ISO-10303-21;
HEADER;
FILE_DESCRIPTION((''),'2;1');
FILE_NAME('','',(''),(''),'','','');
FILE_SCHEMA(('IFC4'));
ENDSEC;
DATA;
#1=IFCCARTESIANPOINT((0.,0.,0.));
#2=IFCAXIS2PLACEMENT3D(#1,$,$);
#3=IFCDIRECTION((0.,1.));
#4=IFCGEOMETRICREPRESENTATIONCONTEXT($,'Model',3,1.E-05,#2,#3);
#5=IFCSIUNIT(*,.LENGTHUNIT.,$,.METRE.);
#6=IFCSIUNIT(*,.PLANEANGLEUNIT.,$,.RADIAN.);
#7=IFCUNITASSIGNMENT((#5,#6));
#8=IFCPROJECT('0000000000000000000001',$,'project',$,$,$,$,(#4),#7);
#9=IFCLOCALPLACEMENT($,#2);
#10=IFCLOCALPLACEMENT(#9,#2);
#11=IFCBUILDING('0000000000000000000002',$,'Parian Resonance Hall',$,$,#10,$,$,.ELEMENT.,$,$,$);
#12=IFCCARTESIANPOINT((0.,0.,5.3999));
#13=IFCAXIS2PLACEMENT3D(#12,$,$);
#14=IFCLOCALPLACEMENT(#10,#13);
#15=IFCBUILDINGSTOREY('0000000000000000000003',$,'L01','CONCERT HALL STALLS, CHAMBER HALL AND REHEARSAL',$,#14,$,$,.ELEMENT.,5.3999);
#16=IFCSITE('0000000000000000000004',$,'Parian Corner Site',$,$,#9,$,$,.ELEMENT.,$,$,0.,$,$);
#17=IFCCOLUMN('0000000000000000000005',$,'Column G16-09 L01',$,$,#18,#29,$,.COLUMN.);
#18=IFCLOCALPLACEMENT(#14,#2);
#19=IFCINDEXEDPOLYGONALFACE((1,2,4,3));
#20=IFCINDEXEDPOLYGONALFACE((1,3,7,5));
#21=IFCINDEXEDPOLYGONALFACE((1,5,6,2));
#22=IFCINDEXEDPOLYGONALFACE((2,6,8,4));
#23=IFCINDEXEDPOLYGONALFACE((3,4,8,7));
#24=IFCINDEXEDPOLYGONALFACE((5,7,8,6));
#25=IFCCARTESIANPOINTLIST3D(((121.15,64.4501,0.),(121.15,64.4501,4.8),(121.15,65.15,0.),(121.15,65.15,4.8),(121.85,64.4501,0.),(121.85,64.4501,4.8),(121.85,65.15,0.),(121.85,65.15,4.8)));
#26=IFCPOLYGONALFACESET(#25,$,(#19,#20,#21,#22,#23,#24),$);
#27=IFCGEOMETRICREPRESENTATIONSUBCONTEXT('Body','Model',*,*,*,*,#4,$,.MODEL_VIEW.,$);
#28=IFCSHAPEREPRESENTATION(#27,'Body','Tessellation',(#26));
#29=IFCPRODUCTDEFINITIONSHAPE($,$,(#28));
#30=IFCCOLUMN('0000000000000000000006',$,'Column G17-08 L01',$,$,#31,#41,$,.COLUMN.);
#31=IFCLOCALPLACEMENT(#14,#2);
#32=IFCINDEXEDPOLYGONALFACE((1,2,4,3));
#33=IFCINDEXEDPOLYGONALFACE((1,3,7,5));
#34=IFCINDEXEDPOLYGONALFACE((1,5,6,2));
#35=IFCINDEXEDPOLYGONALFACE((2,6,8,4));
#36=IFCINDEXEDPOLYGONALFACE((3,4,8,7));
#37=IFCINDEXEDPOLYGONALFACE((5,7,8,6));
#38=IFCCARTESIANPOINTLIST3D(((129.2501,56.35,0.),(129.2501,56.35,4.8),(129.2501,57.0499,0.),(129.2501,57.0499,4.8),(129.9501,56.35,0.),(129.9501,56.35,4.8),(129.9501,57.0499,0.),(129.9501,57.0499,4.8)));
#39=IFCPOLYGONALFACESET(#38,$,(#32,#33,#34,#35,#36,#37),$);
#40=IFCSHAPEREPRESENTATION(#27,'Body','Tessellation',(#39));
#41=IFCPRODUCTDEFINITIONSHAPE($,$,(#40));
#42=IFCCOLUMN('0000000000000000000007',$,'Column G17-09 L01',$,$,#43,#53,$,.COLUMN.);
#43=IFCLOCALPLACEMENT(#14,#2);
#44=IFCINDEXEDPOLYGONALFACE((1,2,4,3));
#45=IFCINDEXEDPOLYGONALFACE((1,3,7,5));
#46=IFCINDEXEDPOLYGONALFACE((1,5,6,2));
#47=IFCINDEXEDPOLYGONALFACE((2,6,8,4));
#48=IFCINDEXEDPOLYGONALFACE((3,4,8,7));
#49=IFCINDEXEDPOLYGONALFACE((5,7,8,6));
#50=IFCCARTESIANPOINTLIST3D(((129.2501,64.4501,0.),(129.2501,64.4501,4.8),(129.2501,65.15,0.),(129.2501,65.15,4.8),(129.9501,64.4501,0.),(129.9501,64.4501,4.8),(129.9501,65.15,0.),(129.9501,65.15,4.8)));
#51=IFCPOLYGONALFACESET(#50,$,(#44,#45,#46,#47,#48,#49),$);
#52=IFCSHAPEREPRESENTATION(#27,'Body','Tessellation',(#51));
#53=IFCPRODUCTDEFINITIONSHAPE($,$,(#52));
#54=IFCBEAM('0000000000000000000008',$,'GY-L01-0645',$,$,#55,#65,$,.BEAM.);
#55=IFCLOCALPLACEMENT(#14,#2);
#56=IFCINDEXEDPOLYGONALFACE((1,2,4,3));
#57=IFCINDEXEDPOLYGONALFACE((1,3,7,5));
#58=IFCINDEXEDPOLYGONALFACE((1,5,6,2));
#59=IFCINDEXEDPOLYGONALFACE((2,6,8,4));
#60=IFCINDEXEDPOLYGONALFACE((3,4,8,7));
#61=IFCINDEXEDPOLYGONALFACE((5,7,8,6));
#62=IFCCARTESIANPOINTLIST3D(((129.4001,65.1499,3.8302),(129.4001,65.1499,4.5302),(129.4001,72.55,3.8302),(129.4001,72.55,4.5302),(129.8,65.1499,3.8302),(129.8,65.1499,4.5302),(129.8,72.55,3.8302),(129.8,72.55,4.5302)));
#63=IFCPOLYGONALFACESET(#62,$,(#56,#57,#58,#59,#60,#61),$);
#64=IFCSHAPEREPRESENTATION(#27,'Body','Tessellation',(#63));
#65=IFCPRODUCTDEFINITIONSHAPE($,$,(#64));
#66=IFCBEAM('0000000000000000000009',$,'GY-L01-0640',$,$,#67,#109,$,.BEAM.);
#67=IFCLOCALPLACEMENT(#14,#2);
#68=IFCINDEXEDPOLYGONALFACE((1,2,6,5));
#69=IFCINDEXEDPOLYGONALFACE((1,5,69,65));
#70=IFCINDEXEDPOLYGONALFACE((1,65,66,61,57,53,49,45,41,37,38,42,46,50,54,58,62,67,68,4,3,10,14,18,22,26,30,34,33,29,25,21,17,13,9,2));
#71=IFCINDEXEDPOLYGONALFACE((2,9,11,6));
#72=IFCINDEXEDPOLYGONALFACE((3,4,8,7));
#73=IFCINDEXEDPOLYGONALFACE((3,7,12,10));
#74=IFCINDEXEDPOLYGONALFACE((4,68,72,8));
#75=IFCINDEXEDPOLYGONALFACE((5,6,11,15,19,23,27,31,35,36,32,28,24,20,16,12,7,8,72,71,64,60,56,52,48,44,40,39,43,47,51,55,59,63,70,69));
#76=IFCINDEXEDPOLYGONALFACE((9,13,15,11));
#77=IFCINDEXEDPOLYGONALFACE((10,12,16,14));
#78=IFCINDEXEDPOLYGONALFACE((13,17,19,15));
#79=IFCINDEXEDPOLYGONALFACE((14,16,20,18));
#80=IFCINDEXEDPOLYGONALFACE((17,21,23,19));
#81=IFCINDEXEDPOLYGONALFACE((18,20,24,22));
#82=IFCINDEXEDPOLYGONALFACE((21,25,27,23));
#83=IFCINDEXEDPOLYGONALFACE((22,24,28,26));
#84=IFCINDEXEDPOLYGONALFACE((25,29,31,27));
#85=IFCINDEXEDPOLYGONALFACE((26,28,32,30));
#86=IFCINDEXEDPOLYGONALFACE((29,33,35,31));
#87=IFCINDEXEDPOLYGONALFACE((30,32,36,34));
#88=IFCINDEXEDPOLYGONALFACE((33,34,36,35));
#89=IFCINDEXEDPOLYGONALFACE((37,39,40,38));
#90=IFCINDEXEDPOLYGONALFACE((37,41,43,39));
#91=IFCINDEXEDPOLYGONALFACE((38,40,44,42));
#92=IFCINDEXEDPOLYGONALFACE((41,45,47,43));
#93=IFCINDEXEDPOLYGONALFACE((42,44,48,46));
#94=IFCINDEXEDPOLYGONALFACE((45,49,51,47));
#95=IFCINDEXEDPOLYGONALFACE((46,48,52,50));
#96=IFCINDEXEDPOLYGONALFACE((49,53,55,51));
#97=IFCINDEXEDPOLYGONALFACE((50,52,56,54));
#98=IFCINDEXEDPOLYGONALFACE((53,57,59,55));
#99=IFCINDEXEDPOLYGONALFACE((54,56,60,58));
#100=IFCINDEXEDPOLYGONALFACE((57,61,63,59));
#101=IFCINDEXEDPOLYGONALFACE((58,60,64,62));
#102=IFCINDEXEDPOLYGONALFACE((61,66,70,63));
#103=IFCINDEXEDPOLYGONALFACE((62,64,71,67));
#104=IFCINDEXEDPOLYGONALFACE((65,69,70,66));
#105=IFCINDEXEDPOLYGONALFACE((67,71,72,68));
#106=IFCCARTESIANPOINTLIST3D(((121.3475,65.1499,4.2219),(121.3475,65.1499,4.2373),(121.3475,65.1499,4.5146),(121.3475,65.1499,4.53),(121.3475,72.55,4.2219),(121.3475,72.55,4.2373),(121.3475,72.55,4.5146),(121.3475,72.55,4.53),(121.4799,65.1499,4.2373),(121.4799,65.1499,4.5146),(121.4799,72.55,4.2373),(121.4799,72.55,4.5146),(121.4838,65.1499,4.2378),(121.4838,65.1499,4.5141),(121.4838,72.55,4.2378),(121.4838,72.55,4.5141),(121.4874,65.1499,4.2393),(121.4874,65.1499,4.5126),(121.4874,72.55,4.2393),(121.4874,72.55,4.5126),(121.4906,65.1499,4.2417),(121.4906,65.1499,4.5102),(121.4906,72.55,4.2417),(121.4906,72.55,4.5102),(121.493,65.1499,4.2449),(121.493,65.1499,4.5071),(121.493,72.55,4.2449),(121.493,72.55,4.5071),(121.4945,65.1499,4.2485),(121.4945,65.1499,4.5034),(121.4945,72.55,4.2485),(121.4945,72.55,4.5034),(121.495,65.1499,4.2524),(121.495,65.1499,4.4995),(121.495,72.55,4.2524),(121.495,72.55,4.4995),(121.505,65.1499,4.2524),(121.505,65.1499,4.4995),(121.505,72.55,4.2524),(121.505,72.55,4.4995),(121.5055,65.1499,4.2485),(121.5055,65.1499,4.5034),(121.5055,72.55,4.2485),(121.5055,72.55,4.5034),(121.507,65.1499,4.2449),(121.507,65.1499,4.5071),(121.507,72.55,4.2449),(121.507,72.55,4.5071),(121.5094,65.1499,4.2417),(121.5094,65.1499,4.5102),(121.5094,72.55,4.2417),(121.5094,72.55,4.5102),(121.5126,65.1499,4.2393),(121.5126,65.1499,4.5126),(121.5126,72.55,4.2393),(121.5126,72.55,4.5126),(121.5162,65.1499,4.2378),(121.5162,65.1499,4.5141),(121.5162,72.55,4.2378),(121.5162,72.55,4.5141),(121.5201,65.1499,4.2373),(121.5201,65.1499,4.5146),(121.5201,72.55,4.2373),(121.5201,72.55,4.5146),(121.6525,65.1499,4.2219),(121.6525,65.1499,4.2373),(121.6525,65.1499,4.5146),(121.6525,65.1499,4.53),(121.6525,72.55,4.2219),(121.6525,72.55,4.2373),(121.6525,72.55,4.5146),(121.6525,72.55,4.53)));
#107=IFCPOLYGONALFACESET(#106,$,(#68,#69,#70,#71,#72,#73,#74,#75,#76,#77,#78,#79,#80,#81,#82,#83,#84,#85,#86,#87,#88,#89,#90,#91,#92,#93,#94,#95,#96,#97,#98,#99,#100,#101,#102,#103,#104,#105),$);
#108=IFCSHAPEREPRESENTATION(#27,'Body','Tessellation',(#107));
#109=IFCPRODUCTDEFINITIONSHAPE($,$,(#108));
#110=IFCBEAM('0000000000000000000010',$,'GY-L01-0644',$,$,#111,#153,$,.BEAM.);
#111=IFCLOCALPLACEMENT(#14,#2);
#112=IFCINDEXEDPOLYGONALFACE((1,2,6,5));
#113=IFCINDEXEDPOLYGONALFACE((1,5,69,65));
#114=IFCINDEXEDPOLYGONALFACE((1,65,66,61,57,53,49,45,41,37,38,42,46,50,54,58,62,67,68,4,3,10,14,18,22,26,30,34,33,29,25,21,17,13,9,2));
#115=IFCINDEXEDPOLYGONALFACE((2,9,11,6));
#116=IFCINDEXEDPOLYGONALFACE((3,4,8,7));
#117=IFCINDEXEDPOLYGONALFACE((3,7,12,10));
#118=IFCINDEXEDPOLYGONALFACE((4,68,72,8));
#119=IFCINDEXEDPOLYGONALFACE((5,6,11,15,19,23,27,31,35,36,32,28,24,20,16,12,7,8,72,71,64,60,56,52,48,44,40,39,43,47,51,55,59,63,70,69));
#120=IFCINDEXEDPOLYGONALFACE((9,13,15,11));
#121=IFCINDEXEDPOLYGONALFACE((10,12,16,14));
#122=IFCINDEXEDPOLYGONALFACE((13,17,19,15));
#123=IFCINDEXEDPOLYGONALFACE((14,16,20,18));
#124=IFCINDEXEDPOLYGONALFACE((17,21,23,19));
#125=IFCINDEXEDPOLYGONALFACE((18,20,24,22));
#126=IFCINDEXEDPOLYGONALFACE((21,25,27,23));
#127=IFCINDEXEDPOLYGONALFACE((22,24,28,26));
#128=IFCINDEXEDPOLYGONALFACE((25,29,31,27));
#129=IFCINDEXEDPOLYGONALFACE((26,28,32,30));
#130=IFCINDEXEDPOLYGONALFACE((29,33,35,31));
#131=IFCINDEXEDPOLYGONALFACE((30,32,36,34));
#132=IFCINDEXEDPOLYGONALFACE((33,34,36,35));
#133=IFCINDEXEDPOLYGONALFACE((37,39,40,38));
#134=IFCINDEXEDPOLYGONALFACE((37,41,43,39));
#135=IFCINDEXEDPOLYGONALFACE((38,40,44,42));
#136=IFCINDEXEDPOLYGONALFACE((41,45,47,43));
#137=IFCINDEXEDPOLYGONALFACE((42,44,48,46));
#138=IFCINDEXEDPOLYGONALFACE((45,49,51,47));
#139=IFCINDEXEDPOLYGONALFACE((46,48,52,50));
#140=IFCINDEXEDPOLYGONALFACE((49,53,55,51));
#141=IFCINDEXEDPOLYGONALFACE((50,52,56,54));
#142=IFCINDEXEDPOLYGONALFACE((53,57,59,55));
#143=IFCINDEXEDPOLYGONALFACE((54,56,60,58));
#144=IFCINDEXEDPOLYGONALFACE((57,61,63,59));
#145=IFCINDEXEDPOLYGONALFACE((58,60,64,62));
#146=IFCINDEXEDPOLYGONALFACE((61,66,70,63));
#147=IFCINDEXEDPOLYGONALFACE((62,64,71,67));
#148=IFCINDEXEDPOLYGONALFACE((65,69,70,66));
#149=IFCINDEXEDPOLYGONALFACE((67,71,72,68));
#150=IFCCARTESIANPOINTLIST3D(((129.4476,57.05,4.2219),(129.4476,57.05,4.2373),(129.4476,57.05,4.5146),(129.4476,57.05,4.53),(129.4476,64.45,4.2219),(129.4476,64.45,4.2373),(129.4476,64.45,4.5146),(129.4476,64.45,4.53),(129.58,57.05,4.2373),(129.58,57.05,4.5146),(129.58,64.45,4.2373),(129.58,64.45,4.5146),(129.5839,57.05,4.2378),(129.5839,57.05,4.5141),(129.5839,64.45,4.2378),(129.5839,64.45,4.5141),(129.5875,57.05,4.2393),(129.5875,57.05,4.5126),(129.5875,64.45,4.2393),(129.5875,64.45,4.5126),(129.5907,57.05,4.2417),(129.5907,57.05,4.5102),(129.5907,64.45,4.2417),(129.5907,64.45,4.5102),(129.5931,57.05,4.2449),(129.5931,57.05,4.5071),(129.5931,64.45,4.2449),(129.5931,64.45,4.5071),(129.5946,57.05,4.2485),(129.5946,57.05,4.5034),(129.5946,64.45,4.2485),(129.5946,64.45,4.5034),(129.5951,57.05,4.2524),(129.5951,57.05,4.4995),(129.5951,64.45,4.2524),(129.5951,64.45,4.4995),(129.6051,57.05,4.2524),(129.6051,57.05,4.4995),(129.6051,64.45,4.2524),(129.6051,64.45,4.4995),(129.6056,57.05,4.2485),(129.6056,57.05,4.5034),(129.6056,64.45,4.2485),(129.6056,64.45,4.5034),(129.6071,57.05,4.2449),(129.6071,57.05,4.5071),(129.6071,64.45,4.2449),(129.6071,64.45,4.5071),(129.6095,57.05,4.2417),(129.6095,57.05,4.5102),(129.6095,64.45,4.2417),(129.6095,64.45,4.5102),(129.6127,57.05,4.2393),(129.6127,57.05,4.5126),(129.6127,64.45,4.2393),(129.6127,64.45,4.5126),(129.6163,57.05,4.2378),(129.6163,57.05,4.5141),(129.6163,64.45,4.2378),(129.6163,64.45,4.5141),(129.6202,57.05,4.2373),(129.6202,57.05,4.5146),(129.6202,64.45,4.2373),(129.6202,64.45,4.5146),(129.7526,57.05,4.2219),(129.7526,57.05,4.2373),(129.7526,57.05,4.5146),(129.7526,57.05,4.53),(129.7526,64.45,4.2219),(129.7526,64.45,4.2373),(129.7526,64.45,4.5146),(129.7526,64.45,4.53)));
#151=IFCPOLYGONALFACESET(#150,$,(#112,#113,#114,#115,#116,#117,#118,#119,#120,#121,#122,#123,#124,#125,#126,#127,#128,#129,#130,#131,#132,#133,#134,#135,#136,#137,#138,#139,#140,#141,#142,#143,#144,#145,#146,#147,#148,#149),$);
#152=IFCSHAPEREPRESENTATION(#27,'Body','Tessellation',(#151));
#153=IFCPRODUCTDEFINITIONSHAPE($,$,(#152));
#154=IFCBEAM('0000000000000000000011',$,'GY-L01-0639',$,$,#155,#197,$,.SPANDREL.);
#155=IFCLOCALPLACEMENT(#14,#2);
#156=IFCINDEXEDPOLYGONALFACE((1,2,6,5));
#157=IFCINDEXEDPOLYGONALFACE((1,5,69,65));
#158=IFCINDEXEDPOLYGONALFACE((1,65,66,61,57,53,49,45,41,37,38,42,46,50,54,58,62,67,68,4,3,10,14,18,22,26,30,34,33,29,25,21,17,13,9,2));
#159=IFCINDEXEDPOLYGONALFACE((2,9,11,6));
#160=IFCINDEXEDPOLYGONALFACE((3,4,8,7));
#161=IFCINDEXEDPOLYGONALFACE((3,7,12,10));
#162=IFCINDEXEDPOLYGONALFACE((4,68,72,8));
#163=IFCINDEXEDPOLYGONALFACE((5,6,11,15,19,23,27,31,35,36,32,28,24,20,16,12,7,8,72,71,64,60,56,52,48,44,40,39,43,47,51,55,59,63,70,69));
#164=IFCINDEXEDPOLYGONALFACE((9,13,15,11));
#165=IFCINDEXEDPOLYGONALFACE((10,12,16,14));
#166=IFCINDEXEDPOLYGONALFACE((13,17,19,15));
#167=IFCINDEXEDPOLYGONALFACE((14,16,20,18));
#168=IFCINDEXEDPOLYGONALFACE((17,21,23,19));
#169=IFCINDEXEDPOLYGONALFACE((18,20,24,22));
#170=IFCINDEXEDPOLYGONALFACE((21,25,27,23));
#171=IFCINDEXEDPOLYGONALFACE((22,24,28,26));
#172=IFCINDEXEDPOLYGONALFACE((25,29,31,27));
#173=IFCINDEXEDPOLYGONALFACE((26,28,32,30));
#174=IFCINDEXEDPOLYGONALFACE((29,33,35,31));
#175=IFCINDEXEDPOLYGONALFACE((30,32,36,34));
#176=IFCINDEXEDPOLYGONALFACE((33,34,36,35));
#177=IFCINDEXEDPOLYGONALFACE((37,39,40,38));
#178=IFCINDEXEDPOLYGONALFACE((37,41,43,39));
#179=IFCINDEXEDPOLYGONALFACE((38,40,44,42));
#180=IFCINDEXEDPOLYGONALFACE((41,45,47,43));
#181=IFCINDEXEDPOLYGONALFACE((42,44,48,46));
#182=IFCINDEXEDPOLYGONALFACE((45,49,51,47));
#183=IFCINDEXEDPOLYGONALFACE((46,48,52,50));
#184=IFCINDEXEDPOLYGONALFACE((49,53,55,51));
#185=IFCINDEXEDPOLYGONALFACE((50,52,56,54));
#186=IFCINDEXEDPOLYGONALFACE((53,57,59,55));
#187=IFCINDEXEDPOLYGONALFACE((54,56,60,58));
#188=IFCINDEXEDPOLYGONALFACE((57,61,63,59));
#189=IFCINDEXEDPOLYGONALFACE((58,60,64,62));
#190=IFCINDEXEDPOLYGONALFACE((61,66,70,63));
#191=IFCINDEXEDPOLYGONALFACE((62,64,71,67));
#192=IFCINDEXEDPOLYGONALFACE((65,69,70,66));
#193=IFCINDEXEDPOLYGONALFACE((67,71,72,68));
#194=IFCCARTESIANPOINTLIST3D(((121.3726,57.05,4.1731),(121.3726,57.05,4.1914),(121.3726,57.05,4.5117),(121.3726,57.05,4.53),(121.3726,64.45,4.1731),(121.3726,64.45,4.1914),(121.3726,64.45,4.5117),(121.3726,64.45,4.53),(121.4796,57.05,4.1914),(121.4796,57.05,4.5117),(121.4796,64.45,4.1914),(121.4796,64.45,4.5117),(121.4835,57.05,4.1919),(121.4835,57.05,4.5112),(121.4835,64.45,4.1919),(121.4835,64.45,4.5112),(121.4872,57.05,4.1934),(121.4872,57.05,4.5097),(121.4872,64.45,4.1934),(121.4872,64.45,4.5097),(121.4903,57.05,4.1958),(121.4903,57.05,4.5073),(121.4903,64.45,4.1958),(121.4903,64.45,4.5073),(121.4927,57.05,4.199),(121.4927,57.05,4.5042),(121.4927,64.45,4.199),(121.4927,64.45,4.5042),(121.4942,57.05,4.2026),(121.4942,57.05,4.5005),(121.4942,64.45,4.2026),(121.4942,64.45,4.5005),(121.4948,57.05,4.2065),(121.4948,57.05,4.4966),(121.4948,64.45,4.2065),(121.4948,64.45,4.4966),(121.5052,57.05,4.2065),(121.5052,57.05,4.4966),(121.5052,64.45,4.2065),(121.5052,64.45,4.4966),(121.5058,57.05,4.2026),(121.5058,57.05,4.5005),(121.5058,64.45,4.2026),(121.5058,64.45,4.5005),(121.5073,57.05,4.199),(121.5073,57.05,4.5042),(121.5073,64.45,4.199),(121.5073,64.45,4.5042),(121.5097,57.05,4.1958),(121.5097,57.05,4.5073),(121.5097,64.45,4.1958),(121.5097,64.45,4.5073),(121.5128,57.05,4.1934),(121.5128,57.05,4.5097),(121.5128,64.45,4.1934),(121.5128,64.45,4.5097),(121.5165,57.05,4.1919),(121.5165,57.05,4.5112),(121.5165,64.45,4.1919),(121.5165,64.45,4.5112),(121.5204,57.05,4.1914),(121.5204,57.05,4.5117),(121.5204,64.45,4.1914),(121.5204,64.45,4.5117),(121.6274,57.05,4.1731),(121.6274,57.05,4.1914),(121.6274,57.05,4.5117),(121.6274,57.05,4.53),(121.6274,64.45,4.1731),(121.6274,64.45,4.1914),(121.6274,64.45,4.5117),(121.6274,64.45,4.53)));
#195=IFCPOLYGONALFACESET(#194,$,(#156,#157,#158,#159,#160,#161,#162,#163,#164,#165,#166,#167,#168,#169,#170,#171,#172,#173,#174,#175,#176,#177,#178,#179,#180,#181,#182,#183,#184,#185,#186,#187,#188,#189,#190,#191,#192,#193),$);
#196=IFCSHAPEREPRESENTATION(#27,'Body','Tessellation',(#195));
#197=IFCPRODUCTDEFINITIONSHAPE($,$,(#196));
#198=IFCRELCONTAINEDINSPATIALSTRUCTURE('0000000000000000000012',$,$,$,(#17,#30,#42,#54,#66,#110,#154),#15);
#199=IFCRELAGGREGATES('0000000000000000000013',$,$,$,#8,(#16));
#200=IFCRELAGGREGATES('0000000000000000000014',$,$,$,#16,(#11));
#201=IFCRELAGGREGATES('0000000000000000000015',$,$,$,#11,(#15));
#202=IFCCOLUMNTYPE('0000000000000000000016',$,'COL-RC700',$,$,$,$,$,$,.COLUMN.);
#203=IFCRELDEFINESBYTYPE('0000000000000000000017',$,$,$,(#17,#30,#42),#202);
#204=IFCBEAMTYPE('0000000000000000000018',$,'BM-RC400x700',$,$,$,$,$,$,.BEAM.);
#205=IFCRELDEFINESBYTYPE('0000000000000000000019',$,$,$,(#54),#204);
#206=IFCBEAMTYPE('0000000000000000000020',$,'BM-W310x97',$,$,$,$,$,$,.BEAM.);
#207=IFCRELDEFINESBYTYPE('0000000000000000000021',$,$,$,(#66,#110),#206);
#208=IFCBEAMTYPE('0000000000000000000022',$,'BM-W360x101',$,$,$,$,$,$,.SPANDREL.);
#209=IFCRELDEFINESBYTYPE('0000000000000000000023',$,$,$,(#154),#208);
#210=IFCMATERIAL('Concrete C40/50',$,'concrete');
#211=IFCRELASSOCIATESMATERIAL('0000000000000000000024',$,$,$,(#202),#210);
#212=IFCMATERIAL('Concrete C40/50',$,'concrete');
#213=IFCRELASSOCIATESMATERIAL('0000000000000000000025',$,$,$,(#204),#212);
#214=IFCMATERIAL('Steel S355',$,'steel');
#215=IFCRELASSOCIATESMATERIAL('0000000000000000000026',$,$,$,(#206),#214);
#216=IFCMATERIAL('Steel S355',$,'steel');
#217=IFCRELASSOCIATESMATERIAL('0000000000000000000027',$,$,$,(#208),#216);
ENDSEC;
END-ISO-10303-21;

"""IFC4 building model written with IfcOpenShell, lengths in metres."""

from ifc_helpers import new_model, si_unit, direction, frame, origin, origin_2d, place, context, subcontext, project, spatial, rectangle, i_section, extrude, material, material_profile, profile_set, type_object, element, save


model = new_model("IFC4")

# Units and contexts
model_context = context("Model", 3, precision=1e-05, world=origin(), true_north=direction((0.0, 1.0)))
body_context = subcontext(model_context, "Body", "Model", "MODEL_VIEW")
ifc_project = project(units=[si_unit("LENGTHUNIT", "METRE"), si_unit("PLANEANGLEUNIT", "RADIAN")], contexts=[model_context])

# Site, building, storey
site_placement = place(None, origin())
site = spatial("IfcSite", under=ifc_project, at=site_placement, Name="Parian Corner Site", CompositionType="ELEMENT", RefElevation=0.0)
building_placement = place(site_placement, origin())
building = spatial("IfcBuilding", under=site, at=building_placement, Name="Parian Resonance Hall", CompositionType="ELEMENT")
storey_placement = place(building_placement, frame((0.0, 0.0, 5.3999)))
storey = spatial("IfcBuildingStorey", under=building, at=storey_placement, Name="L01", Description="CONCERT HALL STALLS, CHAMBER HALL AND REHEARSAL", CompositionType="ELEMENT", Elevation=5.3999)

# Columns
ifc_material_1 = material(Name="Concrete C40/50", Category="concrete")
ifc_material_profile_1 = material_profile(ifc_material_1, rectangle(XDim=0.7, YDim=0.7, at=origin_2d()), Name="RC-COL-700x700")
ifc_profile_set_1 = profile_set([ifc_material_profile_1], Name="Concrete C40/50")
column_type = type_object("IfcColumnType", Name="COL-RC700", PredefinedType="COLUMN", material=ifc_profile_set_1)
for number, where, z_axis, x_axis, name in (
    (1, (121.5, 64.8, 0.0), (0.0, 0.0, 1.0), (1.0, 0.0, 0.0), "Column G16-09 L01"),
    (2, (129.6001, 56.7, 0.0), (0.0, 0.0, 1.0), (1.0, 0.0, 0.0), "Column G17-08 L01"),
    (3, (129.6001, 64.8, 0.0), (0.0, 0.0, 1.0), (1.0, 0.0, 0.0), "Column G17-09 L01"),
):
    element("IfcColumn", number, at=place(storey_placement, frame(where, z_axis=z_axis, x_axis=x_axis)), inside=storey, type_object=column_type, Name=name, PredefinedType="COLUMN", context=body_context, shape_type="SweptSolid", body=[
        extrude(rectangle(XDim=0.7, YDim=0.7, at=origin_2d()), origin(), (0.0, 0.0, 1.0), 4.8),
    ])

# Beams
ifc_material_2 = material(Name="Concrete C40/50", Category="concrete")
ifc_material_profile_2 = material_profile(ifc_material_2, rectangle(XDim=0.3999, YDim=0.7, at=origin_2d()), Name="RC-BM-400x700")
ifc_profile_set_2 = profile_set([ifc_material_profile_2], Name="Concrete C40/50")
beam_type_1 = type_object("IfcBeamType", Name="BM-RC400x700", PredefinedType="BEAM", material=ifc_profile_set_2)
beam_1_placement = place(storey_placement, frame((129.6001, 65.1499, 4.1802), z_axis=(0.0, 1.0, 0.0), x_axis=(-1.0, 0.0, 0.0)))
element("IfcBeam", 4, at=beam_1_placement, inside=storey, type_object=beam_type_1, Name="GY-L01-0645", PredefinedType="BEAM", context=body_context, shape_type="SweptSolid", body=[
    extrude(rectangle(XDim=0.3999, YDim=0.7, at=origin_2d()), origin(), (0.0, 0.0, 1.0), 7.4001),
])
ifc_material_3 = material(Name="Steel S355", Category="steel")
ifc_material_profile_3 = material_profile(ifc_material_3, i_section(OverallWidth=0.3049, OverallDepth=0.3081, WebThickness=0.01, FlangeThickness=0.0154, FilletRadius=0.0151, at=origin_2d()), Name="W310x97")
ifc_profile_set_3 = profile_set([ifc_material_profile_3], Name="Steel S355")
beam_type_2 = type_object("IfcBeamType", Name="BM-W310x97", PredefinedType="BEAM", material=ifc_profile_set_3)
beam_2_placement = place(storey_placement, frame((121.5, 65.1499, 4.376), z_axis=(0.0, 1.0, 0.0), x_axis=(-1.0, 0.0, 0.0)))
element("IfcBeam", 5, at=beam_2_placement, inside=storey, type_object=beam_type_2, Name="GY-L01-0640", PredefinedType="BEAM", context=body_context, shape_type="SweptSolid", body=[
    extrude(i_section(OverallWidth=0.3049, OverallDepth=0.3081, WebThickness=0.01, FlangeThickness=0.0154, FilletRadius=0.0151, at=origin_2d()), origin(), (0.0, 0.0, 1.0), 7.4001),
])
beam_3_placement = place(storey_placement, frame((129.6001, 57.05, 4.376), z_axis=(0.0, 1.0, 0.0), x_axis=(-1.0, 0.0, 0.0)))
element("IfcBeam", 6, at=beam_3_placement, inside=storey, type_object=beam_type_2, Name="GY-L01-0644", PredefinedType="BEAM", context=body_context, shape_type="SweptSolid", body=[
    extrude(i_section(OverallWidth=0.3049, OverallDepth=0.3081, WebThickness=0.01, FlangeThickness=0.0154, FilletRadius=0.0151, at=origin_2d()), origin(), (0.0, 0.0, 1.0), 7.3999),
])
ifc_material_4 = material(Name="Steel S355", Category="steel")
ifc_material_profile_4 = material_profile(ifc_material_4, i_section(OverallWidth=0.2549, OverallDepth=0.3569, WebThickness=0.0105, FlangeThickness=0.0183, FilletRadius=0.0151, at=origin_2d()), Name="W360x101")
ifc_profile_set_4 = profile_set([ifc_material_profile_4], Name="Steel S355")
beam_type_3 = type_object("IfcBeamType", Name="BM-W360x101", PredefinedType="SPANDREL", material=ifc_profile_set_4)
beam_4_placement = place(storey_placement, frame((121.5, 57.05, 4.3516), z_axis=(0.0, 1.0, 0.0), x_axis=(-1.0, 0.0, 0.0)))
element("IfcBeam", 7, at=beam_4_placement, inside=storey, type_object=beam_type_3, Name="GY-L01-0639", PredefinedType="SPANDREL", context=body_context, shape_type="SweptSolid", body=[
    extrude(i_section(OverallWidth=0.2549, OverallDepth=0.3569, WebThickness=0.0105, FlangeThickness=0.0183, FilletRadius=0.0151, at=origin_2d()), origin(), (0.0, 0.0, 1.0), 7.3999),
])

save(model, "model.ifc")
